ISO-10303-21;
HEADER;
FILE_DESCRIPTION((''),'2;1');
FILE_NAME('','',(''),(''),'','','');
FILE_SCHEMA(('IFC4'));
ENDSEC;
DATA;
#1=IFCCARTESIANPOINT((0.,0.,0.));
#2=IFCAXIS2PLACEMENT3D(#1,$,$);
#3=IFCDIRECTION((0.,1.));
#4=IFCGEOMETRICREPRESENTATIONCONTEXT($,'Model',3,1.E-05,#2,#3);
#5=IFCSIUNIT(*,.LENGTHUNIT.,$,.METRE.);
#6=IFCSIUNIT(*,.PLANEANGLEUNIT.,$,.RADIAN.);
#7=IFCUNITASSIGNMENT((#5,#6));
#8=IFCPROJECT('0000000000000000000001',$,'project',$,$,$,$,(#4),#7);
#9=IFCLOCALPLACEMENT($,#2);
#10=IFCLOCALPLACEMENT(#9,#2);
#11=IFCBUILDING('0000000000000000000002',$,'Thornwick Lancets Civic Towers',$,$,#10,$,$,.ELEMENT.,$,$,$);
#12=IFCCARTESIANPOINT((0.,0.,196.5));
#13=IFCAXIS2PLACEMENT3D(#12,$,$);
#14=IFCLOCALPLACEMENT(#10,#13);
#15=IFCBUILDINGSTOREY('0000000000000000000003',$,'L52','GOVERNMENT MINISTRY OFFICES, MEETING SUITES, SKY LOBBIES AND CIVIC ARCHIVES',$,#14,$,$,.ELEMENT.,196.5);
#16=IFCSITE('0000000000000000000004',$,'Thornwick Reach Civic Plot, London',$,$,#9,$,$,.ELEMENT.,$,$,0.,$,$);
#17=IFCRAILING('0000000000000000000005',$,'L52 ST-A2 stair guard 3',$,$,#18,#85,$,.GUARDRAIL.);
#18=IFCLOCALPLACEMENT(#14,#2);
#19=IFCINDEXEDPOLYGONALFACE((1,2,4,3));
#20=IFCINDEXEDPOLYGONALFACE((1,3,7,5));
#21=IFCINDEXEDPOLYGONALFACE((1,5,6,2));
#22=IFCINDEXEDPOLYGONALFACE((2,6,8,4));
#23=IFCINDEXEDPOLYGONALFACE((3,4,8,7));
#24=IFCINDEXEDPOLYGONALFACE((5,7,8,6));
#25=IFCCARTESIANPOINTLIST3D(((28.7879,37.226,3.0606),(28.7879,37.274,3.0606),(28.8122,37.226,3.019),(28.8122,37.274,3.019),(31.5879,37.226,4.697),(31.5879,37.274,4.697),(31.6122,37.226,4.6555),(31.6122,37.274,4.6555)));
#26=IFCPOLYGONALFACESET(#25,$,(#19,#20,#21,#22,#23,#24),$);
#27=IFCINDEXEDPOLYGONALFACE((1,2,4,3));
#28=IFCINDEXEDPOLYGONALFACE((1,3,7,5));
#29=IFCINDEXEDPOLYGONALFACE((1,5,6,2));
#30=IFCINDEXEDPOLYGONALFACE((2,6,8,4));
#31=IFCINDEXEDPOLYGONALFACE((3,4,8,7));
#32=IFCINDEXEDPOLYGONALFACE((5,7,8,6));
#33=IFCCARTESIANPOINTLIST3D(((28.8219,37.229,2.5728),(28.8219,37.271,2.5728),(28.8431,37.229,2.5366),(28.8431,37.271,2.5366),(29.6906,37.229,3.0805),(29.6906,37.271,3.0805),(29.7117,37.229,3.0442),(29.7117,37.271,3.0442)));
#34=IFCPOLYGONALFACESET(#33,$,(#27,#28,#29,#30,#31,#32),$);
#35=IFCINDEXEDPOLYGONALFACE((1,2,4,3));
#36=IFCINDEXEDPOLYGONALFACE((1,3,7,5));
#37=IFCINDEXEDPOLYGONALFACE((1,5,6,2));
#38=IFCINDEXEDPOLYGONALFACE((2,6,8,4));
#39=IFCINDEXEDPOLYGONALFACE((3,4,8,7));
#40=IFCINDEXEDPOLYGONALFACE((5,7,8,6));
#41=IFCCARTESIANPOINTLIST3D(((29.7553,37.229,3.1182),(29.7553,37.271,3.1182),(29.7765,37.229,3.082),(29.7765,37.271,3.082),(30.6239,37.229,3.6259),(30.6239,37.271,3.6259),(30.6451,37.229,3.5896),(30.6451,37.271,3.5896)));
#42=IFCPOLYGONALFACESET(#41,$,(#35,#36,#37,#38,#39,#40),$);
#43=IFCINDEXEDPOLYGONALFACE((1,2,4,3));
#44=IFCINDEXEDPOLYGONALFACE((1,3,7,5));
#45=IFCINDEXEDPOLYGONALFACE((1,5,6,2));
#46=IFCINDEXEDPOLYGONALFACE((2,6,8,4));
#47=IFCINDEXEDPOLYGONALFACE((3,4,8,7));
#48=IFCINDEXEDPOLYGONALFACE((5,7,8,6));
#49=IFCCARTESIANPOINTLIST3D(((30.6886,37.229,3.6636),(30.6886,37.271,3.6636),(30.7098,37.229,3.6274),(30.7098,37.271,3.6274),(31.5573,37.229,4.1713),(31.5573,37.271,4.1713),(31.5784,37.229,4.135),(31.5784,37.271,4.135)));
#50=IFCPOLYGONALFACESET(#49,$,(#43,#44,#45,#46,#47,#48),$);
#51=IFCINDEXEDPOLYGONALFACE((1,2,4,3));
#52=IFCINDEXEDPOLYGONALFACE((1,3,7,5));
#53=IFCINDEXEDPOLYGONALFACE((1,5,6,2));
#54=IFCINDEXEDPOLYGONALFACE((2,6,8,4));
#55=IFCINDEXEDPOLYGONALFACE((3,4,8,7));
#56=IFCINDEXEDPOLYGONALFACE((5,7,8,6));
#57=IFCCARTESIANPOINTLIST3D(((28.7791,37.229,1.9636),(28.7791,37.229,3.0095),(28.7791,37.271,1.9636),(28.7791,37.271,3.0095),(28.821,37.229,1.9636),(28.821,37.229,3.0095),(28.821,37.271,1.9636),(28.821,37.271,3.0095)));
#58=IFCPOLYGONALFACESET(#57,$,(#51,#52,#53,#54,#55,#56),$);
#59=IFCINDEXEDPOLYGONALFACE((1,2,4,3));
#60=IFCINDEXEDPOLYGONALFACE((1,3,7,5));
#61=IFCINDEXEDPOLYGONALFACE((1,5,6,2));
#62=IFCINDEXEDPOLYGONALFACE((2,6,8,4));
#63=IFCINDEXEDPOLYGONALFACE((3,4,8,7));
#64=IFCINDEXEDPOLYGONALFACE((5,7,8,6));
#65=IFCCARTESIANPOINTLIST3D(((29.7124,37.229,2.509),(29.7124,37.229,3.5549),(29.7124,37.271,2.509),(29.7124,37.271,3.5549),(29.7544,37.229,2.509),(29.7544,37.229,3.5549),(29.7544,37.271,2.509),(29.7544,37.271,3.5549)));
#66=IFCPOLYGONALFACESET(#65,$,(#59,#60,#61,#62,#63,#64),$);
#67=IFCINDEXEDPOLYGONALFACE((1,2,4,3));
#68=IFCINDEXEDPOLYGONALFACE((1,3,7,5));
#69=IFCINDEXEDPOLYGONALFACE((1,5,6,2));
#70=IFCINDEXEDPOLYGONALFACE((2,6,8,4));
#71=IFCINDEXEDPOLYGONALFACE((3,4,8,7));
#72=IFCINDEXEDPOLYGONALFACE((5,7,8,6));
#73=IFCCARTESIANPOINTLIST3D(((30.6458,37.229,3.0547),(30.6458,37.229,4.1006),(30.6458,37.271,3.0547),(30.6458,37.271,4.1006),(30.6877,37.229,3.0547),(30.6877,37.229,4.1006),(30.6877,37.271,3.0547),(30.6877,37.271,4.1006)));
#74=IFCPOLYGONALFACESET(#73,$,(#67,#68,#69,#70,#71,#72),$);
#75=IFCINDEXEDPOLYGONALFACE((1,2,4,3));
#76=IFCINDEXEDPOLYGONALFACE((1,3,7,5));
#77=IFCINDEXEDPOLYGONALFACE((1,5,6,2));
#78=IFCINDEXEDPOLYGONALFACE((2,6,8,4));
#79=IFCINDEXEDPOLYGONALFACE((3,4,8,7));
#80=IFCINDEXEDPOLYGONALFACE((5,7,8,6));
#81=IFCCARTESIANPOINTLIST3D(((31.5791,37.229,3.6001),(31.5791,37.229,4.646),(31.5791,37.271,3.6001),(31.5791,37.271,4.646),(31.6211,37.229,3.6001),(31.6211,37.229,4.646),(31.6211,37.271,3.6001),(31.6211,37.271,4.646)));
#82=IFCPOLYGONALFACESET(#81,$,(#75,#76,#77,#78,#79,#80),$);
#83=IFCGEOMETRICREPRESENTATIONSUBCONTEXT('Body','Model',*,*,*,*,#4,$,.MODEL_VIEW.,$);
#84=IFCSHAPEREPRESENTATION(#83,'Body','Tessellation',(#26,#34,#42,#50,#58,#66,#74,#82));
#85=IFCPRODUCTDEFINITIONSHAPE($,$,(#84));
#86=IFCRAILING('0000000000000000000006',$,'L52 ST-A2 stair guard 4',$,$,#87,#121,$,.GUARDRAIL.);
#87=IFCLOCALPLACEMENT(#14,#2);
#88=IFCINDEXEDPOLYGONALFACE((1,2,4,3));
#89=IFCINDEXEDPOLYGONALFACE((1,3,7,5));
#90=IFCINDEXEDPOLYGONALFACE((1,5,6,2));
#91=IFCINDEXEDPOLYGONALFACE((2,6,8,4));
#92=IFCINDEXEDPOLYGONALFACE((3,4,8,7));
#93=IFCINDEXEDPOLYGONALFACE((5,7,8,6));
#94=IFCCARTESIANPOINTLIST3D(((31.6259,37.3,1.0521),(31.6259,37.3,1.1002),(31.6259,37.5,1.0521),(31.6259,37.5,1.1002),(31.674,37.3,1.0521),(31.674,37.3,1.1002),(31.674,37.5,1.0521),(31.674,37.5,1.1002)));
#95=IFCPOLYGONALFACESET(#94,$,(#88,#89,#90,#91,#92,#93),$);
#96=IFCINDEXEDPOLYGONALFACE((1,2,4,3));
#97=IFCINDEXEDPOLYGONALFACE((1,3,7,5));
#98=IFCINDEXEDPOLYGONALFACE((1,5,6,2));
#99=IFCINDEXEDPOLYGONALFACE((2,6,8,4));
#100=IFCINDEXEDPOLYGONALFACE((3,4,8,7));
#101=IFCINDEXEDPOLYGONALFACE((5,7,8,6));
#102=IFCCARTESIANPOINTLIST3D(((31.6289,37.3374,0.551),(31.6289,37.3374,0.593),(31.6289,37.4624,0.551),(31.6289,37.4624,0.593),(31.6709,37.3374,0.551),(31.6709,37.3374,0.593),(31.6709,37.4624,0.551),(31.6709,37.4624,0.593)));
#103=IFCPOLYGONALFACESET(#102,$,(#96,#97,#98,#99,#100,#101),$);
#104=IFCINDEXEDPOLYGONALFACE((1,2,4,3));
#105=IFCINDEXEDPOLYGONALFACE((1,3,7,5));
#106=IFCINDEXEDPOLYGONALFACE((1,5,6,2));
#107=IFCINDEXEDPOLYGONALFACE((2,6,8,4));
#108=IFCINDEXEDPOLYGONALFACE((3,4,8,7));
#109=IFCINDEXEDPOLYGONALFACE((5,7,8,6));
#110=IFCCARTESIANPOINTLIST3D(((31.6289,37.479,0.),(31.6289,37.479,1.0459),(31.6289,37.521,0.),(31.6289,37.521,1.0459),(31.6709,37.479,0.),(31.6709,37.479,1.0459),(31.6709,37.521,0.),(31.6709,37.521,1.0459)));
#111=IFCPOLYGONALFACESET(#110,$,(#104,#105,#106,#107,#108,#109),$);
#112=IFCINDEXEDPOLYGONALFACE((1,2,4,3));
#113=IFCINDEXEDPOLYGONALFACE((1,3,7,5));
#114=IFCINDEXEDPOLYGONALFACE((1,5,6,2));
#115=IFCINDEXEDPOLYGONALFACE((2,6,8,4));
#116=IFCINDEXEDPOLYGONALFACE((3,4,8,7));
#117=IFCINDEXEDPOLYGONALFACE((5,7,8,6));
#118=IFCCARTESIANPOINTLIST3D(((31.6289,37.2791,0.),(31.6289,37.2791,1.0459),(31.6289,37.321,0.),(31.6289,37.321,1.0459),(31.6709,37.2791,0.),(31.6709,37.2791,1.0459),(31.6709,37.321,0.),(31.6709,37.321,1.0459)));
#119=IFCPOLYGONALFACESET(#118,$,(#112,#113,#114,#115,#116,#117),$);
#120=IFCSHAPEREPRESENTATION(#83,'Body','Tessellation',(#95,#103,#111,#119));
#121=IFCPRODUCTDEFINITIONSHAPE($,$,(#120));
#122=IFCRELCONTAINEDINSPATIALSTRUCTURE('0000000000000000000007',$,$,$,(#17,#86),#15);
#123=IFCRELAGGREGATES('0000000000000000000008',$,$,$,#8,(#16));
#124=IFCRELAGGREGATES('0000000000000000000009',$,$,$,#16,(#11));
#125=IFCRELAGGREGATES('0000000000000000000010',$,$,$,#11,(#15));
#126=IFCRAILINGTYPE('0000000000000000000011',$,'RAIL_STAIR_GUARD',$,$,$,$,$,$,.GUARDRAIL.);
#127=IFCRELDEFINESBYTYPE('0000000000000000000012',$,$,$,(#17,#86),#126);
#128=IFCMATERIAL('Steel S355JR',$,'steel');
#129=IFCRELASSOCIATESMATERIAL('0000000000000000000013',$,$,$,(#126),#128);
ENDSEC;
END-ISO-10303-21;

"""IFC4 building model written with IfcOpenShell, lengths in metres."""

from ifc_helpers import new_model, si_unit, direction, frame, origin, origin_2d, place, context, subcontext, project, spatial, rectangle, extrude, material, type_object, element, save


model = new_model("IFC4")

# Units and contexts
model_context = context("Model", 3, precision=1e-05, world=origin(), true_north=direction((0.0, 1.0)))
body_context = subcontext(model_context, "Body", "Model", "MODEL_VIEW")
ifc_project = project(units=[si_unit("LENGTHUNIT", "METRE"), si_unit("PLANEANGLEUNIT", "RADIAN")], contexts=[model_context])

# Site, building, storey
site_placement = place(None, origin())
site = spatial("IfcSite", under=ifc_project, at=site_placement, Name="Thornwick Reach Civic Plot, London", CompositionType="ELEMENT", RefElevation=0.0)
building_placement = place(site_placement, origin())
building = spatial("IfcBuilding", under=site, at=building_placement, Name="Thornwick Lancets Civic Towers", CompositionType="ELEMENT")
storey_placement = place(building_placement, frame((0.0, 0.0, 196.5)))
storey = spatial("IfcBuildingStorey", under=building, at=storey_placement, Name="L52", Description="GOVERNMENT MINISTRY OFFICES, MEETING SUITES, SKY LOBBIES AND CIVIC ARCHIVES", CompositionType="ELEMENT", Elevation=196.5)

# Shared definitions
ifc_material_1 = material(Name="Steel S355JR", Category="steel")

# Railings
railing_type_1 = type_object("IfcRailingType", Name="RAIL_STAIR_GUARD", PredefinedType="GUARDRAIL", material=ifc_material_1)
railing_1_placement = place(storey_placement, frame((28.8, 37.25, 1.9636)))
element("IfcRailing", 1, at=railing_1_placement, inside=storey, type_object=railing_type_1, Name="L52 ST-A2 stair guard 3", PredefinedType="GUARDRAIL", context=body_context, shape_type="SweptSolid", body=[
    extrude(rectangle(XDim=0.0481, YDim=0.0481, at=origin_2d()), frame((0.0, 0.0, 1.0762), z_axis=(0.863361, 0.0, 0.504587), x_axis=(0.0, 1.0, 0.0)), (0.0, 0.0, 1.0), 3.2432),
    extrude(rectangle(XDim=0.042, YDim=0.042, at=origin_2d()), frame((0.0325, 0.0, 0.5911), z_axis=(0.863361, 0.0, 0.504587), x_axis=(0.0, 1.0, 0.0)), (0.0, 0.0, 1.0), 1.0061),
    extrude(rectangle(XDim=0.042, YDim=0.042, at=origin_2d()), frame((0.9658, 0.0, 1.1365), z_axis=(0.863361, 0.0, 0.504587), x_axis=(0.0, 1.0, 0.0)), (0.0, 0.0, 1.0), 1.0061),
    extrude(rectangle(XDim=0.042, YDim=0.042, at=origin_2d()), frame((1.8992, 0.0, 1.6819), z_axis=(0.863361, 0.0, 0.504587), x_axis=(0.0, 1.0, 0.0)), (0.0, 0.0, 1.0), 1.0061),
    extrude(rectangle(XDim=0.042, YDim=0.042, at=origin_2d()), origin(), (0.0, 0.0, 1.0), 1.0459),
    extrude(rectangle(XDim=0.042, YDim=0.042, at=origin_2d()), frame((0.9333, 0.0, 0.5454)), (0.0, 0.0, 1.0), 1.0459),
    extrude(rectangle(XDim=0.042, YDim=0.042, at=origin_2d()), frame((1.8667, 0.0, 1.0911)), (0.0, 0.0, 1.0), 1.0459),
    extrude(rectangle(XDim=0.042, YDim=0.042, at=origin_2d()), frame((2.8, 0.0, 1.6365)), (0.0, 0.0, 1.0), 1.0459),
])
railing_2_placement = place(storey_placement, frame((31.6499, 37.5, 0.0)))
element("IfcRailing", 2, at=railing_2_placement, inside=storey, type_object=railing_type_1, Name="L52 ST-A2 stair guard 4", PredefinedType="GUARDRAIL", context=body_context, shape_type="SweptSolid", body=[
    extrude(rectangle(XDim=0.0481, YDim=0.0481, at=origin_2d()), frame((0.0, 0.0, 1.0762), z_axis=(0.0, -1.0, 0.0), x_axis=(1.0, 0.0, 0.0)), (0.0, 0.0, 1.0), 0.2),
    extrude(rectangle(XDim=0.042, YDim=0.042, at=origin_2d()), frame((0.0, -0.0376, 0.572), z_axis=(0.0, -1.0, 0.0), x_axis=(1.0, 0.0, 0.0)), (0.0, 0.0, 1.0), 0.125),
    extrude(rectangle(XDim=0.042, YDim=0.042, at=origin_2d()), origin(), (0.0, 0.0, 1.0), 1.0459),
    extrude(rectangle(XDim=0.042, YDim=0.042, at=origin_2d()), frame((0.0, -0.2, 0.0)), (0.0, 0.0, 1.0), 1.0459),
])

save(model, "model.ifc")
